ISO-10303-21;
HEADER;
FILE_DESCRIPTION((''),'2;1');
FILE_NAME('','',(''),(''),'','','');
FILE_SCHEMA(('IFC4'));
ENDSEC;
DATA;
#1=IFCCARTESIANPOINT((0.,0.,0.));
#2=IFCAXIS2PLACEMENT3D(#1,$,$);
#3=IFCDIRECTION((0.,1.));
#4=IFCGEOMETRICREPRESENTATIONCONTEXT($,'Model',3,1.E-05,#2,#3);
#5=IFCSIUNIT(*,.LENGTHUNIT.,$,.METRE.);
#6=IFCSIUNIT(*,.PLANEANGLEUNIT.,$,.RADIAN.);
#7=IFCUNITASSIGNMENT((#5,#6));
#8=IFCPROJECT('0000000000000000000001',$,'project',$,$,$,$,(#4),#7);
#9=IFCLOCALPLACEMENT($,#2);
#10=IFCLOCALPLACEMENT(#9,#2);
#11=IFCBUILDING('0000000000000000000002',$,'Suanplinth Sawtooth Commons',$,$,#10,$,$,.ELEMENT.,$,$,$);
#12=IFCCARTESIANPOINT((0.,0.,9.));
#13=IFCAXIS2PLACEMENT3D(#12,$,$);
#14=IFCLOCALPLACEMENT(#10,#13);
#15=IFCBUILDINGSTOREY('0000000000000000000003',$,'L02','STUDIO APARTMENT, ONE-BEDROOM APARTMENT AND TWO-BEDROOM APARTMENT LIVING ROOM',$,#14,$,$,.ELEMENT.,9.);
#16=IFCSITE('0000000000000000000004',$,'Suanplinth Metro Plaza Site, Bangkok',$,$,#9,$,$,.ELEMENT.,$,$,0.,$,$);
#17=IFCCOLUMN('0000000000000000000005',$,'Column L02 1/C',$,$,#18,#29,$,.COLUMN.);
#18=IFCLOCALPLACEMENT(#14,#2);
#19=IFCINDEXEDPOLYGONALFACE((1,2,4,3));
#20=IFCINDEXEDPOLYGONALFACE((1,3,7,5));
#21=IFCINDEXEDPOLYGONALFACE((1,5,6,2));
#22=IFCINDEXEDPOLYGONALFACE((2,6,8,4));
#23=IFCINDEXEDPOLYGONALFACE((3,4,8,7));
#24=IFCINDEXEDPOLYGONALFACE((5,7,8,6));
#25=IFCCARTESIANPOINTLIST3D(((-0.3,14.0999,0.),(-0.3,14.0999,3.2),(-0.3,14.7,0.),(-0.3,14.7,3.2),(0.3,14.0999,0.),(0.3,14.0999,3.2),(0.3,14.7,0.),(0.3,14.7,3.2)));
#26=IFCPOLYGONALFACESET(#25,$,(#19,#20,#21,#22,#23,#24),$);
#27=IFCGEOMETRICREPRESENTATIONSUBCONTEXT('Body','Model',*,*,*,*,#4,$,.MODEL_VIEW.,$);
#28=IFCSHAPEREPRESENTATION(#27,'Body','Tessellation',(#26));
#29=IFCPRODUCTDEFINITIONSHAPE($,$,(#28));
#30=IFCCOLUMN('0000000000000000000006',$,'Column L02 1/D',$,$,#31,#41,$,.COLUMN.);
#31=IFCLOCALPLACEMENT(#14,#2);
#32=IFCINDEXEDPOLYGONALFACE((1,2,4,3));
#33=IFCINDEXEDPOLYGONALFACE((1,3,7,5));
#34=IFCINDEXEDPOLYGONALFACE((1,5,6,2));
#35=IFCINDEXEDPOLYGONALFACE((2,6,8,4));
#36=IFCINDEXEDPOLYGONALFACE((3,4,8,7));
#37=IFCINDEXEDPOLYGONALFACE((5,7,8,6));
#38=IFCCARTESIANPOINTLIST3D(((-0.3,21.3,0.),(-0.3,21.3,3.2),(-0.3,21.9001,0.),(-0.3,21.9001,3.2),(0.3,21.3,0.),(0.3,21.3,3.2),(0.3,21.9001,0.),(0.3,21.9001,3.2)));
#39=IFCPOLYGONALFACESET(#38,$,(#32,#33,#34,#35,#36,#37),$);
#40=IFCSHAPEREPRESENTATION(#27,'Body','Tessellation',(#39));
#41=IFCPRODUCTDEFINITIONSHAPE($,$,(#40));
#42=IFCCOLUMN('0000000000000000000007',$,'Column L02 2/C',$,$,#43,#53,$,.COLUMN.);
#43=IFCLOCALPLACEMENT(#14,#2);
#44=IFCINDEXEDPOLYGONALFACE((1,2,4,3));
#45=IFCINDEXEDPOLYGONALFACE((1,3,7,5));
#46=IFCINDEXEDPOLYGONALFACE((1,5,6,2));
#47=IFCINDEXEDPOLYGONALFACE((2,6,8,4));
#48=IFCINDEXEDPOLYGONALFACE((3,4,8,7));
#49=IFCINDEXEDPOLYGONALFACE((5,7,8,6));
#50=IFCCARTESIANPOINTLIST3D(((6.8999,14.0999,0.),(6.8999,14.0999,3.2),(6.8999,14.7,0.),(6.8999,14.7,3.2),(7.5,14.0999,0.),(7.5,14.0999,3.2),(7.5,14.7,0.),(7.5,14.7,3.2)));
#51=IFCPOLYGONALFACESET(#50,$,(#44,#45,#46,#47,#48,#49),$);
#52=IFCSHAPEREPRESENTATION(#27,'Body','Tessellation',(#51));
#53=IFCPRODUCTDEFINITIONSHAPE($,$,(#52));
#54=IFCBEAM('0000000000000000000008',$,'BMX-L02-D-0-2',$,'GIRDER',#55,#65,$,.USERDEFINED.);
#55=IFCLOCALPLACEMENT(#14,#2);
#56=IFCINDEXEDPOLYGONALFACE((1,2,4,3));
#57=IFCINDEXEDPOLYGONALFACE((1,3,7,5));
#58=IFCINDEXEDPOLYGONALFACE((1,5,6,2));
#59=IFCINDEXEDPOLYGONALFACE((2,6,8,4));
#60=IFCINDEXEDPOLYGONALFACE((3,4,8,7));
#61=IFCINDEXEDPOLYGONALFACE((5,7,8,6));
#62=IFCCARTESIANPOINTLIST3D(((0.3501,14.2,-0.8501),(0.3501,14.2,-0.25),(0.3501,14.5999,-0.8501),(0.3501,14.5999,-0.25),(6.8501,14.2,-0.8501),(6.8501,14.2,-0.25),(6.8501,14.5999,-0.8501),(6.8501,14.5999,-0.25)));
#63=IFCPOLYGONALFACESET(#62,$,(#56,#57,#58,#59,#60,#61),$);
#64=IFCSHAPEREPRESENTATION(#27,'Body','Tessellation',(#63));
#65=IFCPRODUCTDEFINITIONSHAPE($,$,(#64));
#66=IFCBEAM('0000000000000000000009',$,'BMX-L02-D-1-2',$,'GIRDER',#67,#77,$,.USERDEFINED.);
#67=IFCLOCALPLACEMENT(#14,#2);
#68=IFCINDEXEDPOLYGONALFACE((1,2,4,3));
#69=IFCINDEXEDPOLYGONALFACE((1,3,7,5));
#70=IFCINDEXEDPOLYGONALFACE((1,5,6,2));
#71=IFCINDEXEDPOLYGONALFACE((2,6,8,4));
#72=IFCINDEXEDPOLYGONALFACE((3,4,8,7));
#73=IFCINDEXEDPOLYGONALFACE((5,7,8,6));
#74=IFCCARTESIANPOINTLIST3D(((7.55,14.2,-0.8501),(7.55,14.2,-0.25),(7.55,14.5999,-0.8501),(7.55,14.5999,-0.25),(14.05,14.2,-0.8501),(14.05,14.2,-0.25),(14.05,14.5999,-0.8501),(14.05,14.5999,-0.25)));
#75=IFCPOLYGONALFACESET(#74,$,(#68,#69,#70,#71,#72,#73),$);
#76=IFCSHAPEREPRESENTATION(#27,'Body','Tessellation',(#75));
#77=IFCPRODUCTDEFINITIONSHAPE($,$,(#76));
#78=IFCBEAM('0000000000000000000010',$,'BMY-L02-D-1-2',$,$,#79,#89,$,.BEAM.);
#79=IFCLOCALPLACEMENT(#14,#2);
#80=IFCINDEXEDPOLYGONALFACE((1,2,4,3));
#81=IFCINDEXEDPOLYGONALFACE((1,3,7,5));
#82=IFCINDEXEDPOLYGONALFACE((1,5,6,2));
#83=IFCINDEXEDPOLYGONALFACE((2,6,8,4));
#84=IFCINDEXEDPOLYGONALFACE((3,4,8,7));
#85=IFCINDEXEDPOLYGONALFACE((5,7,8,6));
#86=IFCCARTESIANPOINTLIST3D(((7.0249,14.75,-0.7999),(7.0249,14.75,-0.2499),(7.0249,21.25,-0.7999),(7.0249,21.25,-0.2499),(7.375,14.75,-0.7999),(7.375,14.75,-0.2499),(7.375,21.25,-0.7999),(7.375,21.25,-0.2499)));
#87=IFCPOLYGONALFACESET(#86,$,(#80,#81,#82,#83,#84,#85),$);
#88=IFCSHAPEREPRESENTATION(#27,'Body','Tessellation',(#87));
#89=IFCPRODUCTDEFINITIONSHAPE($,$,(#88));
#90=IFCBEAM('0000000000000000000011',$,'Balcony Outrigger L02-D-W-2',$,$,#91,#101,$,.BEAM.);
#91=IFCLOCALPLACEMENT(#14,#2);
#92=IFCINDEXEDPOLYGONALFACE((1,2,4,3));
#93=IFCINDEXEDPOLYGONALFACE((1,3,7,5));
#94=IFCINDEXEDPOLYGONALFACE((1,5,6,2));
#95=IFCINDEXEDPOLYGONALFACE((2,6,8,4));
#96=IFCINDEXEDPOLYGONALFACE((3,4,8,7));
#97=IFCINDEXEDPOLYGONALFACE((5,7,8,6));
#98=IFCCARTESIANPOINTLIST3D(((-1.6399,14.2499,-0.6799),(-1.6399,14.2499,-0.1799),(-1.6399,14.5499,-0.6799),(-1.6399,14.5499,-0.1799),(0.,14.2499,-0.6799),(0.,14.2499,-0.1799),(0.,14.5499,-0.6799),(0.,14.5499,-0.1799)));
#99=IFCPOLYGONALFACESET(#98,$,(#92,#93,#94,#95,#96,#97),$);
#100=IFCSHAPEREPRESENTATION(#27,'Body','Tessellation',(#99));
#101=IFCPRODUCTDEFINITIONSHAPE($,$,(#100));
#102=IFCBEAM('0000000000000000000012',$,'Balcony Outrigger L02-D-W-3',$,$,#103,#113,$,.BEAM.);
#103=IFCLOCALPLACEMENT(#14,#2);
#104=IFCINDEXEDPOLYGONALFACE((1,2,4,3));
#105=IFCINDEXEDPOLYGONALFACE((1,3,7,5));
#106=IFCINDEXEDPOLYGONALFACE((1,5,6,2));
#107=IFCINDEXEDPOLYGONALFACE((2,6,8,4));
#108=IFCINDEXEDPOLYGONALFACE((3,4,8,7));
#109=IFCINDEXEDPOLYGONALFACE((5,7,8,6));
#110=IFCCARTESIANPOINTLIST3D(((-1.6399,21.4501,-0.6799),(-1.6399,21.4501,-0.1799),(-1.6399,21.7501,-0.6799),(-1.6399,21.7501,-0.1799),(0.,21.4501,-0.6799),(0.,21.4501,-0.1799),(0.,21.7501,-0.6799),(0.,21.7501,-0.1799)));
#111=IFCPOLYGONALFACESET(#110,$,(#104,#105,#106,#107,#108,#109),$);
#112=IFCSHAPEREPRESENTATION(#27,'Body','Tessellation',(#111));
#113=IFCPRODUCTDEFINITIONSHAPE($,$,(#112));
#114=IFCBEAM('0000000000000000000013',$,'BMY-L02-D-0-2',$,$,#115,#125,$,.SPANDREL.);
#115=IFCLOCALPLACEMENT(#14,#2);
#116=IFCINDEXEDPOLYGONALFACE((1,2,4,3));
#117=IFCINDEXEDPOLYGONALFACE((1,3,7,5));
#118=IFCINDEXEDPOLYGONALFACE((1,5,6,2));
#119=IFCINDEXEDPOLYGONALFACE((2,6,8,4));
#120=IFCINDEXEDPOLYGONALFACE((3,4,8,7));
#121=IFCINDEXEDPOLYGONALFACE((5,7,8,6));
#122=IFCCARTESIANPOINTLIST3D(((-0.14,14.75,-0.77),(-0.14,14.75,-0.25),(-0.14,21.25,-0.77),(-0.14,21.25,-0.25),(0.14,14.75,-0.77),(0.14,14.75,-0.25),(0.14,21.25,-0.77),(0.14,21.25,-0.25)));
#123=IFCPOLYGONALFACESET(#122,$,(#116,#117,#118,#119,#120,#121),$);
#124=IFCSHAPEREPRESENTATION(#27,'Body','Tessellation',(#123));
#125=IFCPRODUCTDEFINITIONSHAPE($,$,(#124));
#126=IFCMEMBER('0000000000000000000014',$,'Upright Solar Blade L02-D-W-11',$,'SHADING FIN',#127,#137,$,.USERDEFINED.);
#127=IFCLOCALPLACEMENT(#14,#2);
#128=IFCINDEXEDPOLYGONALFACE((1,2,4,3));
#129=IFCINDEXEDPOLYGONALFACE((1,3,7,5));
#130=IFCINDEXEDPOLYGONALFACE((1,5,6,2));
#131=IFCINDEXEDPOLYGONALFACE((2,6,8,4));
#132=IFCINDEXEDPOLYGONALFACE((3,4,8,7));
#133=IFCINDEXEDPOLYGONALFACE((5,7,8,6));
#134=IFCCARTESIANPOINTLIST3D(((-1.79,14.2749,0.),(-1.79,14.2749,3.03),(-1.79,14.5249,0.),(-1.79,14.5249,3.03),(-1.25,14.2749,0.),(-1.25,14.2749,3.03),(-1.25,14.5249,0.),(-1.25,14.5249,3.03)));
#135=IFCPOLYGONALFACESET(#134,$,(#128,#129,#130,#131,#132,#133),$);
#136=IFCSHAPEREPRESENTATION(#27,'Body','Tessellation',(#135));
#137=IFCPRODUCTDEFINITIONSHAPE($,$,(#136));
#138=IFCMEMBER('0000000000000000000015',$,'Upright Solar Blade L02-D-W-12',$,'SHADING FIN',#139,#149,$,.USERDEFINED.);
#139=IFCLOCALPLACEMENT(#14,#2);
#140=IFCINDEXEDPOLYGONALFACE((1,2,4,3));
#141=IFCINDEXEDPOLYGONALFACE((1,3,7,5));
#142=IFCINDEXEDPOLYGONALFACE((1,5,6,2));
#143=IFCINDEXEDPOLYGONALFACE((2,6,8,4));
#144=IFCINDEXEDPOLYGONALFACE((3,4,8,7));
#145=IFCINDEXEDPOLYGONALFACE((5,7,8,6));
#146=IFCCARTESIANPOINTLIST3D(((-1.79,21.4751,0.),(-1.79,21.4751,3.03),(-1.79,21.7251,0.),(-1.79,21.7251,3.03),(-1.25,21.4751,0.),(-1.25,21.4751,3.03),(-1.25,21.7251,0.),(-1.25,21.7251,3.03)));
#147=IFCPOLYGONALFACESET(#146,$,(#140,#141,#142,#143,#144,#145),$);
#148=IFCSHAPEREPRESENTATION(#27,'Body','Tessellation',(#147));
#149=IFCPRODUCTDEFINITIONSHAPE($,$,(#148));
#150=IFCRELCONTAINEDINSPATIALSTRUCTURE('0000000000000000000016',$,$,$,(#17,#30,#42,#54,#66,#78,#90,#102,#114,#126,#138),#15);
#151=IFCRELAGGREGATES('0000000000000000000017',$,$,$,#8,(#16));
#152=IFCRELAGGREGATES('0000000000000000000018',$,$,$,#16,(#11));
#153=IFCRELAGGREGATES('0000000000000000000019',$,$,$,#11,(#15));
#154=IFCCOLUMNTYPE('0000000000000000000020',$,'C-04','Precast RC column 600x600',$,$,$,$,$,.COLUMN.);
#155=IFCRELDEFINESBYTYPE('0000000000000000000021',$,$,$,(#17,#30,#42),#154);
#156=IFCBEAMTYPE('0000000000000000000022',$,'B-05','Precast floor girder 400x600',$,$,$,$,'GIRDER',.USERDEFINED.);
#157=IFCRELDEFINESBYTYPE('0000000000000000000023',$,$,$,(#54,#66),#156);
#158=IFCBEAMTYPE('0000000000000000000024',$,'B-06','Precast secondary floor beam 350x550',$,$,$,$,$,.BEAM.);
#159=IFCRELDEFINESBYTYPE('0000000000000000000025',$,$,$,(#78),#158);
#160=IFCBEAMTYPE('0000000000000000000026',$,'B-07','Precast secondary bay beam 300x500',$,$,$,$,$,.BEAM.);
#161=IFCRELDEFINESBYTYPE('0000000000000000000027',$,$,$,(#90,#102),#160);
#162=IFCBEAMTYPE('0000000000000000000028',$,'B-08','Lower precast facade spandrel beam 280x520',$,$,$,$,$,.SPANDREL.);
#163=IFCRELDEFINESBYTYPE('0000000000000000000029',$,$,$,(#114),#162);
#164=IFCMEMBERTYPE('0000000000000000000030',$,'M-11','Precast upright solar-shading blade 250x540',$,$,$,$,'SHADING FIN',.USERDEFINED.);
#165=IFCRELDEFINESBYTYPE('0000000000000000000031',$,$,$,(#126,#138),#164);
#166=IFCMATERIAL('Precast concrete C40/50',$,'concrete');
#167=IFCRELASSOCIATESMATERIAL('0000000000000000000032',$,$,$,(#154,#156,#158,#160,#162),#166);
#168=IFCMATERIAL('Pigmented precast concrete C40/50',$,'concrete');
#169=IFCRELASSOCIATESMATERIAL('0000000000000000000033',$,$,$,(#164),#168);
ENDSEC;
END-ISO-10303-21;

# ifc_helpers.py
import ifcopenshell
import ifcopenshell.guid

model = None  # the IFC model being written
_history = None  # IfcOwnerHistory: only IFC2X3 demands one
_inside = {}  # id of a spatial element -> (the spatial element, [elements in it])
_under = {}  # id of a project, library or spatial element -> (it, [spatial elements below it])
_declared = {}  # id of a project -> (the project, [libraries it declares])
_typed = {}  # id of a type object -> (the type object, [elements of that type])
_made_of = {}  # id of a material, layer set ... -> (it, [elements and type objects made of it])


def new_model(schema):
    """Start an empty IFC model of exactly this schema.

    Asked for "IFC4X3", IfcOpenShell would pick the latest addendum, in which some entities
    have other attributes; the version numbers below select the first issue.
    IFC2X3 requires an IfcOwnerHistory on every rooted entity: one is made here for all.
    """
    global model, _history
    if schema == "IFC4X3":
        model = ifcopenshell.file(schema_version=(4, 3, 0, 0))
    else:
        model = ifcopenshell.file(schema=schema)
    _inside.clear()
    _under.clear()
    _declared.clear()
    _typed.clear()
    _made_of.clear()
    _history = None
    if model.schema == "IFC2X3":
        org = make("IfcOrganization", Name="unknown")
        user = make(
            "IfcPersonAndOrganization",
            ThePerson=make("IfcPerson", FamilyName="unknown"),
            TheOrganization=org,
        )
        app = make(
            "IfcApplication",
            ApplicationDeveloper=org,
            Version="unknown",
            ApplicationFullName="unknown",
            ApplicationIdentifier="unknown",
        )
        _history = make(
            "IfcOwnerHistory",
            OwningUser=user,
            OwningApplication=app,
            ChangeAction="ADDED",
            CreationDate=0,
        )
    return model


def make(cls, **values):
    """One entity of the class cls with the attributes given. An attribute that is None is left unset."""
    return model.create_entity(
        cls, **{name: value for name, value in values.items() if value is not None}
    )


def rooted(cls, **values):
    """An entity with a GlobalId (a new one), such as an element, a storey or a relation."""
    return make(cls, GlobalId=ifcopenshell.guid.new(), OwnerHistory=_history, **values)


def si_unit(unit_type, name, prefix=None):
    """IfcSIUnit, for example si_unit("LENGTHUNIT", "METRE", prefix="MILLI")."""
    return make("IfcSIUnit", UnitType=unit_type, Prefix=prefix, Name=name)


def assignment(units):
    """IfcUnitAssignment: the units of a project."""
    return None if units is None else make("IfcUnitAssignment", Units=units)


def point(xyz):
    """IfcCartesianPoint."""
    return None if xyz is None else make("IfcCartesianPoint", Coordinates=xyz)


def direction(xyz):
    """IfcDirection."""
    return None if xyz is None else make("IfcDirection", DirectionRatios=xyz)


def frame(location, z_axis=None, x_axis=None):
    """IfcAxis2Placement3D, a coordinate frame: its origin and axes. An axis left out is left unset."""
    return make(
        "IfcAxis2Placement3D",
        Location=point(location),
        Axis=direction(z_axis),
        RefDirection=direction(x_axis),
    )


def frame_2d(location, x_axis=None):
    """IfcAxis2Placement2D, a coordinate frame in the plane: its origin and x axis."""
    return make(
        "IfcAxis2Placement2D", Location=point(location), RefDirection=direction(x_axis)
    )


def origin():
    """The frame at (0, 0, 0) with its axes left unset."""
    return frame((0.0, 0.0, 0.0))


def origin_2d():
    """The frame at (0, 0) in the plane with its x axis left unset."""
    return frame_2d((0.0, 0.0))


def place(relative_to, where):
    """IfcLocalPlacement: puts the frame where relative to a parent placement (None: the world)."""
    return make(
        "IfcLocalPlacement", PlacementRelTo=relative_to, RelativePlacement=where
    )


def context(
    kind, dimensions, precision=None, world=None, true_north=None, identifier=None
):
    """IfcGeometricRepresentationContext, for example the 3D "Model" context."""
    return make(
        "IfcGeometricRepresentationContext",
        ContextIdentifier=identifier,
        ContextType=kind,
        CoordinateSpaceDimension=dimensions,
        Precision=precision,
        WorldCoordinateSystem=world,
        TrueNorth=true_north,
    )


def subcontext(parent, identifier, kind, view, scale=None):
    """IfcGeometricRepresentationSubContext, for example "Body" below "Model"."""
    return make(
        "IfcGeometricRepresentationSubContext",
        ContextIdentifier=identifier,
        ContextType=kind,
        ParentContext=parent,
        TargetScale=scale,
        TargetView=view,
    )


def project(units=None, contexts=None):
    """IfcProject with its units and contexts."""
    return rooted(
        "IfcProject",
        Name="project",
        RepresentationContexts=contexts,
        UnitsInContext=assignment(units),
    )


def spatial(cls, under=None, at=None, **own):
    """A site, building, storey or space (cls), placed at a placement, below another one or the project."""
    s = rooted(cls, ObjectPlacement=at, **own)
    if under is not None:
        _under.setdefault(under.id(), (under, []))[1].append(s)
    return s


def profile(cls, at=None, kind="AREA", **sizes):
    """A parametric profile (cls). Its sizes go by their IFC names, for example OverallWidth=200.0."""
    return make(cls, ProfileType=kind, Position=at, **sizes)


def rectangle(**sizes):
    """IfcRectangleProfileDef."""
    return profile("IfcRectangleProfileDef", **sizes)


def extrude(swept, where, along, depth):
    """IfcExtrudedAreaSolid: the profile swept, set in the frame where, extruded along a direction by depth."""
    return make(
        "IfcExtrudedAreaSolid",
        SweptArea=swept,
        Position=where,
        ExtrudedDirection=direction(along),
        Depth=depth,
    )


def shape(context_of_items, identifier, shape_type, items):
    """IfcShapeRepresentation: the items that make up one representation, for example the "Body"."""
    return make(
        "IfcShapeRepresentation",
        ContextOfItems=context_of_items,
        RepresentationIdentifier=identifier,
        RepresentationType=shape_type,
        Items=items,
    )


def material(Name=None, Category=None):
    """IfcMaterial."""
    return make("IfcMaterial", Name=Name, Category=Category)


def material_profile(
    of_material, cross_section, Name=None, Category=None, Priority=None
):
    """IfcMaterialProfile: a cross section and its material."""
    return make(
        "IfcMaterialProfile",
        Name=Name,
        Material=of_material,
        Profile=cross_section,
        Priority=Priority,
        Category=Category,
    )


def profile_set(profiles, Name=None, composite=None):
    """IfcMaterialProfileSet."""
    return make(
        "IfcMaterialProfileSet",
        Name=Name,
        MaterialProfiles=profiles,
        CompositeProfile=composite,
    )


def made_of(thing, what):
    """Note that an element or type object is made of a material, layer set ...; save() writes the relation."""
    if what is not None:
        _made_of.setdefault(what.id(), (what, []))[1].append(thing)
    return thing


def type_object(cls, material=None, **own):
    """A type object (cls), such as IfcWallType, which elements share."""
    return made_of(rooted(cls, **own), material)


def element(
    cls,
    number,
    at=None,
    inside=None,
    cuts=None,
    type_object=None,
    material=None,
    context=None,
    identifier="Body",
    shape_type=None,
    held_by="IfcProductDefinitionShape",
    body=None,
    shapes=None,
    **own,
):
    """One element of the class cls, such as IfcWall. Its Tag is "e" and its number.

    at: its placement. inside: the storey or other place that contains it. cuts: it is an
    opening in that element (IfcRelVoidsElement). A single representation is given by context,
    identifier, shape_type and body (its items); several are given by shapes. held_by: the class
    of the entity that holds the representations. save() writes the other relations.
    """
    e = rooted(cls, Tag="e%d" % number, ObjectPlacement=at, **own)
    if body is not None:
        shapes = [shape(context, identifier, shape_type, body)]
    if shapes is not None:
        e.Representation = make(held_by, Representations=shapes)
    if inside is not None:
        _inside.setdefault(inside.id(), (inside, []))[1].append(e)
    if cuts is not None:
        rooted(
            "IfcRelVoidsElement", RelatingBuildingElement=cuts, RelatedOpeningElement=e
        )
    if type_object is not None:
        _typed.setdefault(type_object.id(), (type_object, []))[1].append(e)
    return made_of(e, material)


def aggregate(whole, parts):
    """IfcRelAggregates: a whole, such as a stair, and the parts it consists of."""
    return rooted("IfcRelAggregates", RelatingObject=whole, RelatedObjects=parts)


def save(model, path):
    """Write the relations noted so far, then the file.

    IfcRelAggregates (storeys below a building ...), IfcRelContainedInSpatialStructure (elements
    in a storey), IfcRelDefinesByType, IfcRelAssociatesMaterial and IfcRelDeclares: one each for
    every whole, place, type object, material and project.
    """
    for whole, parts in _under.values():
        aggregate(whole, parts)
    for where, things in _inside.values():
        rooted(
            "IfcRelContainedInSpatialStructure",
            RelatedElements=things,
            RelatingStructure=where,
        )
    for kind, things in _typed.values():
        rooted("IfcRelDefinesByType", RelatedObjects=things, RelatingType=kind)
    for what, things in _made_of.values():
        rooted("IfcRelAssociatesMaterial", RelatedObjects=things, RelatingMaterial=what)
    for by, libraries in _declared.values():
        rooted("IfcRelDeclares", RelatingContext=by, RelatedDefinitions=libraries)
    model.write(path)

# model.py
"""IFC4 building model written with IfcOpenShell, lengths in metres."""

from ifc_helpers import new_model, si_unit, direction, frame, origin, origin_2d, place, context, subcontext, project, spatial, rectangle, extrude, material, material_profile, profile_set, type_object, element, save


model = new_model("IFC4")

# Units and contexts
model_context = context("Model", 3, precision=1e-05, world=origin(), true_north=direction((0.0, 1.0)))
body_context = subcontext(model_context, "Body", "Model", "MODEL_VIEW")
ifc_project = project(units=[si_unit("LENGTHUNIT", "METRE"), si_unit("PLANEANGLEUNIT", "RADIAN")], contexts=[model_context])

# Site, building, storey
site_placement = place(None, origin())
site = spatial("IfcSite", under=ifc_project, at=site_placement, Name="Suanplinth Metro Plaza Site, Bangkok", CompositionType="ELEMENT", RefElevation=0.0)
building_placement = place(site_placement, origin())
building = spatial("IfcBuilding", under=site, at=building_placement, Name="Suanplinth Sawtooth Commons", CompositionType="ELEMENT")
storey_placement = place(building_placement, frame((0.0, 0.0, 9.0)))
storey = spatial("IfcBuildingStorey", under=building, at=storey_placement, Name="L02", Description="STUDIO APARTMENT, ONE-BEDROOM APARTMENT AND TWO-BEDROOM APARTMENT LIVING ROOM", CompositionType="ELEMENT", Elevation=9.0)

# Columns
ifc_material_1 = material(Name="Precast concrete C40/50", Category="concrete")
ifc_material_profile_1 = material_profile(ifc_material_1, rectangle(XDim=0.6001, YDim=0.6001, at=origin_2d()), Name="PC-COL 600x600")
ifc_profile_set_1 = profile_set([ifc_material_profile_1], Name="Precast concrete C40/50")
column_type = type_object("IfcColumnType", Name="C-04", Description="Precast RC column 600x600", PredefinedType="COLUMN", material=ifc_profile_set_1)
for number, where, z_axis, x_axis, name in (
    (1, (0.0, 14.3999, 0.0), (0.0, 0.0, 1.0), (1.0, 0.0, 0.0), "Column L02 1/C"),
    (2, (0.0, 21.6001, 0.0), (0.0, 0.0, 1.0), (1.0, 0.0, 0.0), "Column L02 1/D"),
    (3, (7.2, 14.3999, 0.0), (0.0, 0.0, 1.0), (1.0, 0.0, 0.0), "Column L02 2/C"),
):
    element("IfcColumn", number, at=place(storey_placement, frame(where, z_axis=z_axis, x_axis=x_axis)), inside=storey, type_object=column_type, Name=name, PredefinedType="COLUMN", context=body_context, shape_type="SweptSolid", body=[
        extrude(rectangle(XDim=0.6001, YDim=0.6001, at=origin_2d()), origin(), (0.0, 0.0, 1.0), 3.2),
    ])

# Beams
ifc_material_profile_2 = material_profile(ifc_material_1, rectangle(XDim=0.3999, YDim=0.6001, at=origin_2d()), Name="PC-GDR 400x600")
ifc_profile_set_2 = profile_set([ifc_material_profile_2], Name="Precast concrete C40/50")
beam_type_1 = type_object("IfcBeamType", Name="B-05", Description="Precast floor girder 400x600", ElementType="GIRDER", PredefinedType="USERDEFINED", material=ifc_profile_set_2)
for number, where, z_axis, x_axis, name in (
    (4, (0.3501, 14.3999, -0.55), (1.0, 0.0, 0.0), (0.0, 1.0, 0.0), "BMX-L02-D-0-2"),
    (5, (7.55, 14.3999, -0.55), (1.0, 0.0, 0.0), (0.0, 1.0, 0.0), "BMX-L02-D-1-2"),
):
    element("IfcBeam", number, at=place(storey_placement, frame(where, z_axis=z_axis, x_axis=x_axis)), inside=storey, type_object=beam_type_1, Name=name, ObjectType="GIRDER", PredefinedType="USERDEFINED", context=body_context, shape_type="SweptSolid", body=[
        extrude(rectangle(XDim=0.3999, YDim=0.6001, at=origin_2d()), origin(), (0.0, 0.0, 1.0), 6.5),
    ])
ifc_material_profile_3 = material_profile(ifc_material_1, rectangle(XDim=0.3501, YDim=0.55, at=origin_2d()), Name="PC-BM 350x550")
ifc_profile_set_3 = profile_set([ifc_material_profile_3], Name="Precast concrete C40/50")
beam_type_2 = type_object("IfcBeamType", Name="B-06", Description="Precast secondary floor beam 350x550", PredefinedType="BEAM", material=ifc_profile_set_3)
beam_1_placement = place(storey_placement, frame((7.2, 14.75, -0.5249), z_axis=(0.0, 1.0, 0.0), x_axis=(-1.0, 0.0, 0.0)))
element("IfcBeam", 6, at=beam_1_placement, inside=storey, type_object=beam_type_2, Name="BMY-L02-D-1-2", PredefinedType="BEAM", context=body_context, shape_type="SweptSolid", body=[
    extrude(rectangle(XDim=0.3501, YDim=0.55, at=origin_2d()), origin(), (0.0, 0.0, 1.0), 6.5),
])
ifc_material_profile_4 = material_profile(ifc_material_1, rectangle(XDim=0.3, YDim=0.5, at=origin_2d()), Name="PC-BM 300x500")
ifc_profile_set_4 = profile_set([ifc_material_profile_4], Name="Precast concrete C40/50")
beam_type_3 = type_object("IfcBeamType", Name="B-07", Description="Precast secondary bay beam 300x500", PredefinedType="BEAM", material=ifc_profile_set_4)
for number, where, z_axis, x_axis, name in (
    (7, (0.0, 14.3999, -0.4299), (-1.0, 0.0, 0.0), (0.0, -1.0, 0.0), "Balcony Outrigger L02-D-W-2"),
    (8, (0.0, 21.6001, -0.4299), (-1.0, 0.0, 0.0), (0.0, -1.0, 0.0), "Balcony Outrigger L02-D-W-3"),
):
    element("IfcBeam", number, at=place(storey_placement, frame(where, z_axis=z_axis, x_axis=x_axis)), inside=storey, type_object=beam_type_3, Name=name, PredefinedType="BEAM", context=body_context, shape_type="SweptSolid", body=[
        extrude(rectangle(XDim=0.3, YDim=0.5, at=origin_2d()), origin(), (0.0, 0.0, 1.0), 1.6399),
    ])
ifc_material_profile_5 = material_profile(ifc_material_1, rectangle(XDim=0.28, YDim=0.52, at=origin_2d()), Name="PC-SP 280x520")
ifc_profile_set_5 = profile_set([ifc_material_profile_5], Name="Precast concrete C40/50")
beam_type_4 = type_object("IfcBeamType", Name="B-08", Description="Lower precast facade spandrel beam 280x520", PredefinedType="SPANDREL", material=ifc_profile_set_5)
beam_2_placement = place(storey_placement, frame((0.0, 14.75, -0.51), z_axis=(0.0, 1.0, 0.0), x_axis=(-1.0, 0.0, 0.0)))
element("IfcBeam", 9, at=beam_2_placement, inside=storey, type_object=beam_type_4, Name="BMY-L02-D-0-2", PredefinedType="SPANDREL", context=body_context, shape_type="SweptSolid", body=[
    extrude(rectangle(XDim=0.28, YDim=0.52, at=origin_2d()), origin(), (0.0, 0.0, 1.0), 6.5),
])

# Members
ifc_material_2 = material(Name="Pigmented precast concrete C40/50", Category="concrete")
ifc_material_profile_6 = material_profile(ifc_material_2, rectangle(XDim=0.25, YDim=0.54, at=origin_2d()), Name="PC-FIN 250x540")
ifc_profile_set_6 = profile_set([ifc_material_profile_6], Name="Pigmented precast concrete C40/50")
member_type = type_object("IfcMemberType", Name="M-11", Description="Precast upright solar-shading blade 250x540", ElementType="SHADING FIN", PredefinedType="USERDEFINED", material=ifc_profile_set_6)
for number, where, z_axis, x_axis, name in (
    (10, (-1.52, 14.3999, 0.0), (0.0, 0.0, 1.0), (0.0, 1.0, 0.0), "Upright Solar Blade L02-D-W-11"),
    (11, (-1.52, 21.6001, 0.0), (0.0, 0.0, 1.0), (0.0, 1.0, 0.0), "Upright Solar Blade L02-D-W-12"),
):
    element("IfcMember", number, at=place(storey_placement, frame(where, z_axis=z_axis, x_axis=x_axis)), inside=storey, type_object=member_type, Name=name, ObjectType="SHADING FIN", PredefinedType="USERDEFINED", context=body_context, shape_type="SweptSolid", body=[
        extrude(rectangle(XDim=0.25, YDim=0.54, at=origin_2d()), origin(), (0.0, 0.0, 1.0), 3.03),
    ])

save(model, "model.ifc")
